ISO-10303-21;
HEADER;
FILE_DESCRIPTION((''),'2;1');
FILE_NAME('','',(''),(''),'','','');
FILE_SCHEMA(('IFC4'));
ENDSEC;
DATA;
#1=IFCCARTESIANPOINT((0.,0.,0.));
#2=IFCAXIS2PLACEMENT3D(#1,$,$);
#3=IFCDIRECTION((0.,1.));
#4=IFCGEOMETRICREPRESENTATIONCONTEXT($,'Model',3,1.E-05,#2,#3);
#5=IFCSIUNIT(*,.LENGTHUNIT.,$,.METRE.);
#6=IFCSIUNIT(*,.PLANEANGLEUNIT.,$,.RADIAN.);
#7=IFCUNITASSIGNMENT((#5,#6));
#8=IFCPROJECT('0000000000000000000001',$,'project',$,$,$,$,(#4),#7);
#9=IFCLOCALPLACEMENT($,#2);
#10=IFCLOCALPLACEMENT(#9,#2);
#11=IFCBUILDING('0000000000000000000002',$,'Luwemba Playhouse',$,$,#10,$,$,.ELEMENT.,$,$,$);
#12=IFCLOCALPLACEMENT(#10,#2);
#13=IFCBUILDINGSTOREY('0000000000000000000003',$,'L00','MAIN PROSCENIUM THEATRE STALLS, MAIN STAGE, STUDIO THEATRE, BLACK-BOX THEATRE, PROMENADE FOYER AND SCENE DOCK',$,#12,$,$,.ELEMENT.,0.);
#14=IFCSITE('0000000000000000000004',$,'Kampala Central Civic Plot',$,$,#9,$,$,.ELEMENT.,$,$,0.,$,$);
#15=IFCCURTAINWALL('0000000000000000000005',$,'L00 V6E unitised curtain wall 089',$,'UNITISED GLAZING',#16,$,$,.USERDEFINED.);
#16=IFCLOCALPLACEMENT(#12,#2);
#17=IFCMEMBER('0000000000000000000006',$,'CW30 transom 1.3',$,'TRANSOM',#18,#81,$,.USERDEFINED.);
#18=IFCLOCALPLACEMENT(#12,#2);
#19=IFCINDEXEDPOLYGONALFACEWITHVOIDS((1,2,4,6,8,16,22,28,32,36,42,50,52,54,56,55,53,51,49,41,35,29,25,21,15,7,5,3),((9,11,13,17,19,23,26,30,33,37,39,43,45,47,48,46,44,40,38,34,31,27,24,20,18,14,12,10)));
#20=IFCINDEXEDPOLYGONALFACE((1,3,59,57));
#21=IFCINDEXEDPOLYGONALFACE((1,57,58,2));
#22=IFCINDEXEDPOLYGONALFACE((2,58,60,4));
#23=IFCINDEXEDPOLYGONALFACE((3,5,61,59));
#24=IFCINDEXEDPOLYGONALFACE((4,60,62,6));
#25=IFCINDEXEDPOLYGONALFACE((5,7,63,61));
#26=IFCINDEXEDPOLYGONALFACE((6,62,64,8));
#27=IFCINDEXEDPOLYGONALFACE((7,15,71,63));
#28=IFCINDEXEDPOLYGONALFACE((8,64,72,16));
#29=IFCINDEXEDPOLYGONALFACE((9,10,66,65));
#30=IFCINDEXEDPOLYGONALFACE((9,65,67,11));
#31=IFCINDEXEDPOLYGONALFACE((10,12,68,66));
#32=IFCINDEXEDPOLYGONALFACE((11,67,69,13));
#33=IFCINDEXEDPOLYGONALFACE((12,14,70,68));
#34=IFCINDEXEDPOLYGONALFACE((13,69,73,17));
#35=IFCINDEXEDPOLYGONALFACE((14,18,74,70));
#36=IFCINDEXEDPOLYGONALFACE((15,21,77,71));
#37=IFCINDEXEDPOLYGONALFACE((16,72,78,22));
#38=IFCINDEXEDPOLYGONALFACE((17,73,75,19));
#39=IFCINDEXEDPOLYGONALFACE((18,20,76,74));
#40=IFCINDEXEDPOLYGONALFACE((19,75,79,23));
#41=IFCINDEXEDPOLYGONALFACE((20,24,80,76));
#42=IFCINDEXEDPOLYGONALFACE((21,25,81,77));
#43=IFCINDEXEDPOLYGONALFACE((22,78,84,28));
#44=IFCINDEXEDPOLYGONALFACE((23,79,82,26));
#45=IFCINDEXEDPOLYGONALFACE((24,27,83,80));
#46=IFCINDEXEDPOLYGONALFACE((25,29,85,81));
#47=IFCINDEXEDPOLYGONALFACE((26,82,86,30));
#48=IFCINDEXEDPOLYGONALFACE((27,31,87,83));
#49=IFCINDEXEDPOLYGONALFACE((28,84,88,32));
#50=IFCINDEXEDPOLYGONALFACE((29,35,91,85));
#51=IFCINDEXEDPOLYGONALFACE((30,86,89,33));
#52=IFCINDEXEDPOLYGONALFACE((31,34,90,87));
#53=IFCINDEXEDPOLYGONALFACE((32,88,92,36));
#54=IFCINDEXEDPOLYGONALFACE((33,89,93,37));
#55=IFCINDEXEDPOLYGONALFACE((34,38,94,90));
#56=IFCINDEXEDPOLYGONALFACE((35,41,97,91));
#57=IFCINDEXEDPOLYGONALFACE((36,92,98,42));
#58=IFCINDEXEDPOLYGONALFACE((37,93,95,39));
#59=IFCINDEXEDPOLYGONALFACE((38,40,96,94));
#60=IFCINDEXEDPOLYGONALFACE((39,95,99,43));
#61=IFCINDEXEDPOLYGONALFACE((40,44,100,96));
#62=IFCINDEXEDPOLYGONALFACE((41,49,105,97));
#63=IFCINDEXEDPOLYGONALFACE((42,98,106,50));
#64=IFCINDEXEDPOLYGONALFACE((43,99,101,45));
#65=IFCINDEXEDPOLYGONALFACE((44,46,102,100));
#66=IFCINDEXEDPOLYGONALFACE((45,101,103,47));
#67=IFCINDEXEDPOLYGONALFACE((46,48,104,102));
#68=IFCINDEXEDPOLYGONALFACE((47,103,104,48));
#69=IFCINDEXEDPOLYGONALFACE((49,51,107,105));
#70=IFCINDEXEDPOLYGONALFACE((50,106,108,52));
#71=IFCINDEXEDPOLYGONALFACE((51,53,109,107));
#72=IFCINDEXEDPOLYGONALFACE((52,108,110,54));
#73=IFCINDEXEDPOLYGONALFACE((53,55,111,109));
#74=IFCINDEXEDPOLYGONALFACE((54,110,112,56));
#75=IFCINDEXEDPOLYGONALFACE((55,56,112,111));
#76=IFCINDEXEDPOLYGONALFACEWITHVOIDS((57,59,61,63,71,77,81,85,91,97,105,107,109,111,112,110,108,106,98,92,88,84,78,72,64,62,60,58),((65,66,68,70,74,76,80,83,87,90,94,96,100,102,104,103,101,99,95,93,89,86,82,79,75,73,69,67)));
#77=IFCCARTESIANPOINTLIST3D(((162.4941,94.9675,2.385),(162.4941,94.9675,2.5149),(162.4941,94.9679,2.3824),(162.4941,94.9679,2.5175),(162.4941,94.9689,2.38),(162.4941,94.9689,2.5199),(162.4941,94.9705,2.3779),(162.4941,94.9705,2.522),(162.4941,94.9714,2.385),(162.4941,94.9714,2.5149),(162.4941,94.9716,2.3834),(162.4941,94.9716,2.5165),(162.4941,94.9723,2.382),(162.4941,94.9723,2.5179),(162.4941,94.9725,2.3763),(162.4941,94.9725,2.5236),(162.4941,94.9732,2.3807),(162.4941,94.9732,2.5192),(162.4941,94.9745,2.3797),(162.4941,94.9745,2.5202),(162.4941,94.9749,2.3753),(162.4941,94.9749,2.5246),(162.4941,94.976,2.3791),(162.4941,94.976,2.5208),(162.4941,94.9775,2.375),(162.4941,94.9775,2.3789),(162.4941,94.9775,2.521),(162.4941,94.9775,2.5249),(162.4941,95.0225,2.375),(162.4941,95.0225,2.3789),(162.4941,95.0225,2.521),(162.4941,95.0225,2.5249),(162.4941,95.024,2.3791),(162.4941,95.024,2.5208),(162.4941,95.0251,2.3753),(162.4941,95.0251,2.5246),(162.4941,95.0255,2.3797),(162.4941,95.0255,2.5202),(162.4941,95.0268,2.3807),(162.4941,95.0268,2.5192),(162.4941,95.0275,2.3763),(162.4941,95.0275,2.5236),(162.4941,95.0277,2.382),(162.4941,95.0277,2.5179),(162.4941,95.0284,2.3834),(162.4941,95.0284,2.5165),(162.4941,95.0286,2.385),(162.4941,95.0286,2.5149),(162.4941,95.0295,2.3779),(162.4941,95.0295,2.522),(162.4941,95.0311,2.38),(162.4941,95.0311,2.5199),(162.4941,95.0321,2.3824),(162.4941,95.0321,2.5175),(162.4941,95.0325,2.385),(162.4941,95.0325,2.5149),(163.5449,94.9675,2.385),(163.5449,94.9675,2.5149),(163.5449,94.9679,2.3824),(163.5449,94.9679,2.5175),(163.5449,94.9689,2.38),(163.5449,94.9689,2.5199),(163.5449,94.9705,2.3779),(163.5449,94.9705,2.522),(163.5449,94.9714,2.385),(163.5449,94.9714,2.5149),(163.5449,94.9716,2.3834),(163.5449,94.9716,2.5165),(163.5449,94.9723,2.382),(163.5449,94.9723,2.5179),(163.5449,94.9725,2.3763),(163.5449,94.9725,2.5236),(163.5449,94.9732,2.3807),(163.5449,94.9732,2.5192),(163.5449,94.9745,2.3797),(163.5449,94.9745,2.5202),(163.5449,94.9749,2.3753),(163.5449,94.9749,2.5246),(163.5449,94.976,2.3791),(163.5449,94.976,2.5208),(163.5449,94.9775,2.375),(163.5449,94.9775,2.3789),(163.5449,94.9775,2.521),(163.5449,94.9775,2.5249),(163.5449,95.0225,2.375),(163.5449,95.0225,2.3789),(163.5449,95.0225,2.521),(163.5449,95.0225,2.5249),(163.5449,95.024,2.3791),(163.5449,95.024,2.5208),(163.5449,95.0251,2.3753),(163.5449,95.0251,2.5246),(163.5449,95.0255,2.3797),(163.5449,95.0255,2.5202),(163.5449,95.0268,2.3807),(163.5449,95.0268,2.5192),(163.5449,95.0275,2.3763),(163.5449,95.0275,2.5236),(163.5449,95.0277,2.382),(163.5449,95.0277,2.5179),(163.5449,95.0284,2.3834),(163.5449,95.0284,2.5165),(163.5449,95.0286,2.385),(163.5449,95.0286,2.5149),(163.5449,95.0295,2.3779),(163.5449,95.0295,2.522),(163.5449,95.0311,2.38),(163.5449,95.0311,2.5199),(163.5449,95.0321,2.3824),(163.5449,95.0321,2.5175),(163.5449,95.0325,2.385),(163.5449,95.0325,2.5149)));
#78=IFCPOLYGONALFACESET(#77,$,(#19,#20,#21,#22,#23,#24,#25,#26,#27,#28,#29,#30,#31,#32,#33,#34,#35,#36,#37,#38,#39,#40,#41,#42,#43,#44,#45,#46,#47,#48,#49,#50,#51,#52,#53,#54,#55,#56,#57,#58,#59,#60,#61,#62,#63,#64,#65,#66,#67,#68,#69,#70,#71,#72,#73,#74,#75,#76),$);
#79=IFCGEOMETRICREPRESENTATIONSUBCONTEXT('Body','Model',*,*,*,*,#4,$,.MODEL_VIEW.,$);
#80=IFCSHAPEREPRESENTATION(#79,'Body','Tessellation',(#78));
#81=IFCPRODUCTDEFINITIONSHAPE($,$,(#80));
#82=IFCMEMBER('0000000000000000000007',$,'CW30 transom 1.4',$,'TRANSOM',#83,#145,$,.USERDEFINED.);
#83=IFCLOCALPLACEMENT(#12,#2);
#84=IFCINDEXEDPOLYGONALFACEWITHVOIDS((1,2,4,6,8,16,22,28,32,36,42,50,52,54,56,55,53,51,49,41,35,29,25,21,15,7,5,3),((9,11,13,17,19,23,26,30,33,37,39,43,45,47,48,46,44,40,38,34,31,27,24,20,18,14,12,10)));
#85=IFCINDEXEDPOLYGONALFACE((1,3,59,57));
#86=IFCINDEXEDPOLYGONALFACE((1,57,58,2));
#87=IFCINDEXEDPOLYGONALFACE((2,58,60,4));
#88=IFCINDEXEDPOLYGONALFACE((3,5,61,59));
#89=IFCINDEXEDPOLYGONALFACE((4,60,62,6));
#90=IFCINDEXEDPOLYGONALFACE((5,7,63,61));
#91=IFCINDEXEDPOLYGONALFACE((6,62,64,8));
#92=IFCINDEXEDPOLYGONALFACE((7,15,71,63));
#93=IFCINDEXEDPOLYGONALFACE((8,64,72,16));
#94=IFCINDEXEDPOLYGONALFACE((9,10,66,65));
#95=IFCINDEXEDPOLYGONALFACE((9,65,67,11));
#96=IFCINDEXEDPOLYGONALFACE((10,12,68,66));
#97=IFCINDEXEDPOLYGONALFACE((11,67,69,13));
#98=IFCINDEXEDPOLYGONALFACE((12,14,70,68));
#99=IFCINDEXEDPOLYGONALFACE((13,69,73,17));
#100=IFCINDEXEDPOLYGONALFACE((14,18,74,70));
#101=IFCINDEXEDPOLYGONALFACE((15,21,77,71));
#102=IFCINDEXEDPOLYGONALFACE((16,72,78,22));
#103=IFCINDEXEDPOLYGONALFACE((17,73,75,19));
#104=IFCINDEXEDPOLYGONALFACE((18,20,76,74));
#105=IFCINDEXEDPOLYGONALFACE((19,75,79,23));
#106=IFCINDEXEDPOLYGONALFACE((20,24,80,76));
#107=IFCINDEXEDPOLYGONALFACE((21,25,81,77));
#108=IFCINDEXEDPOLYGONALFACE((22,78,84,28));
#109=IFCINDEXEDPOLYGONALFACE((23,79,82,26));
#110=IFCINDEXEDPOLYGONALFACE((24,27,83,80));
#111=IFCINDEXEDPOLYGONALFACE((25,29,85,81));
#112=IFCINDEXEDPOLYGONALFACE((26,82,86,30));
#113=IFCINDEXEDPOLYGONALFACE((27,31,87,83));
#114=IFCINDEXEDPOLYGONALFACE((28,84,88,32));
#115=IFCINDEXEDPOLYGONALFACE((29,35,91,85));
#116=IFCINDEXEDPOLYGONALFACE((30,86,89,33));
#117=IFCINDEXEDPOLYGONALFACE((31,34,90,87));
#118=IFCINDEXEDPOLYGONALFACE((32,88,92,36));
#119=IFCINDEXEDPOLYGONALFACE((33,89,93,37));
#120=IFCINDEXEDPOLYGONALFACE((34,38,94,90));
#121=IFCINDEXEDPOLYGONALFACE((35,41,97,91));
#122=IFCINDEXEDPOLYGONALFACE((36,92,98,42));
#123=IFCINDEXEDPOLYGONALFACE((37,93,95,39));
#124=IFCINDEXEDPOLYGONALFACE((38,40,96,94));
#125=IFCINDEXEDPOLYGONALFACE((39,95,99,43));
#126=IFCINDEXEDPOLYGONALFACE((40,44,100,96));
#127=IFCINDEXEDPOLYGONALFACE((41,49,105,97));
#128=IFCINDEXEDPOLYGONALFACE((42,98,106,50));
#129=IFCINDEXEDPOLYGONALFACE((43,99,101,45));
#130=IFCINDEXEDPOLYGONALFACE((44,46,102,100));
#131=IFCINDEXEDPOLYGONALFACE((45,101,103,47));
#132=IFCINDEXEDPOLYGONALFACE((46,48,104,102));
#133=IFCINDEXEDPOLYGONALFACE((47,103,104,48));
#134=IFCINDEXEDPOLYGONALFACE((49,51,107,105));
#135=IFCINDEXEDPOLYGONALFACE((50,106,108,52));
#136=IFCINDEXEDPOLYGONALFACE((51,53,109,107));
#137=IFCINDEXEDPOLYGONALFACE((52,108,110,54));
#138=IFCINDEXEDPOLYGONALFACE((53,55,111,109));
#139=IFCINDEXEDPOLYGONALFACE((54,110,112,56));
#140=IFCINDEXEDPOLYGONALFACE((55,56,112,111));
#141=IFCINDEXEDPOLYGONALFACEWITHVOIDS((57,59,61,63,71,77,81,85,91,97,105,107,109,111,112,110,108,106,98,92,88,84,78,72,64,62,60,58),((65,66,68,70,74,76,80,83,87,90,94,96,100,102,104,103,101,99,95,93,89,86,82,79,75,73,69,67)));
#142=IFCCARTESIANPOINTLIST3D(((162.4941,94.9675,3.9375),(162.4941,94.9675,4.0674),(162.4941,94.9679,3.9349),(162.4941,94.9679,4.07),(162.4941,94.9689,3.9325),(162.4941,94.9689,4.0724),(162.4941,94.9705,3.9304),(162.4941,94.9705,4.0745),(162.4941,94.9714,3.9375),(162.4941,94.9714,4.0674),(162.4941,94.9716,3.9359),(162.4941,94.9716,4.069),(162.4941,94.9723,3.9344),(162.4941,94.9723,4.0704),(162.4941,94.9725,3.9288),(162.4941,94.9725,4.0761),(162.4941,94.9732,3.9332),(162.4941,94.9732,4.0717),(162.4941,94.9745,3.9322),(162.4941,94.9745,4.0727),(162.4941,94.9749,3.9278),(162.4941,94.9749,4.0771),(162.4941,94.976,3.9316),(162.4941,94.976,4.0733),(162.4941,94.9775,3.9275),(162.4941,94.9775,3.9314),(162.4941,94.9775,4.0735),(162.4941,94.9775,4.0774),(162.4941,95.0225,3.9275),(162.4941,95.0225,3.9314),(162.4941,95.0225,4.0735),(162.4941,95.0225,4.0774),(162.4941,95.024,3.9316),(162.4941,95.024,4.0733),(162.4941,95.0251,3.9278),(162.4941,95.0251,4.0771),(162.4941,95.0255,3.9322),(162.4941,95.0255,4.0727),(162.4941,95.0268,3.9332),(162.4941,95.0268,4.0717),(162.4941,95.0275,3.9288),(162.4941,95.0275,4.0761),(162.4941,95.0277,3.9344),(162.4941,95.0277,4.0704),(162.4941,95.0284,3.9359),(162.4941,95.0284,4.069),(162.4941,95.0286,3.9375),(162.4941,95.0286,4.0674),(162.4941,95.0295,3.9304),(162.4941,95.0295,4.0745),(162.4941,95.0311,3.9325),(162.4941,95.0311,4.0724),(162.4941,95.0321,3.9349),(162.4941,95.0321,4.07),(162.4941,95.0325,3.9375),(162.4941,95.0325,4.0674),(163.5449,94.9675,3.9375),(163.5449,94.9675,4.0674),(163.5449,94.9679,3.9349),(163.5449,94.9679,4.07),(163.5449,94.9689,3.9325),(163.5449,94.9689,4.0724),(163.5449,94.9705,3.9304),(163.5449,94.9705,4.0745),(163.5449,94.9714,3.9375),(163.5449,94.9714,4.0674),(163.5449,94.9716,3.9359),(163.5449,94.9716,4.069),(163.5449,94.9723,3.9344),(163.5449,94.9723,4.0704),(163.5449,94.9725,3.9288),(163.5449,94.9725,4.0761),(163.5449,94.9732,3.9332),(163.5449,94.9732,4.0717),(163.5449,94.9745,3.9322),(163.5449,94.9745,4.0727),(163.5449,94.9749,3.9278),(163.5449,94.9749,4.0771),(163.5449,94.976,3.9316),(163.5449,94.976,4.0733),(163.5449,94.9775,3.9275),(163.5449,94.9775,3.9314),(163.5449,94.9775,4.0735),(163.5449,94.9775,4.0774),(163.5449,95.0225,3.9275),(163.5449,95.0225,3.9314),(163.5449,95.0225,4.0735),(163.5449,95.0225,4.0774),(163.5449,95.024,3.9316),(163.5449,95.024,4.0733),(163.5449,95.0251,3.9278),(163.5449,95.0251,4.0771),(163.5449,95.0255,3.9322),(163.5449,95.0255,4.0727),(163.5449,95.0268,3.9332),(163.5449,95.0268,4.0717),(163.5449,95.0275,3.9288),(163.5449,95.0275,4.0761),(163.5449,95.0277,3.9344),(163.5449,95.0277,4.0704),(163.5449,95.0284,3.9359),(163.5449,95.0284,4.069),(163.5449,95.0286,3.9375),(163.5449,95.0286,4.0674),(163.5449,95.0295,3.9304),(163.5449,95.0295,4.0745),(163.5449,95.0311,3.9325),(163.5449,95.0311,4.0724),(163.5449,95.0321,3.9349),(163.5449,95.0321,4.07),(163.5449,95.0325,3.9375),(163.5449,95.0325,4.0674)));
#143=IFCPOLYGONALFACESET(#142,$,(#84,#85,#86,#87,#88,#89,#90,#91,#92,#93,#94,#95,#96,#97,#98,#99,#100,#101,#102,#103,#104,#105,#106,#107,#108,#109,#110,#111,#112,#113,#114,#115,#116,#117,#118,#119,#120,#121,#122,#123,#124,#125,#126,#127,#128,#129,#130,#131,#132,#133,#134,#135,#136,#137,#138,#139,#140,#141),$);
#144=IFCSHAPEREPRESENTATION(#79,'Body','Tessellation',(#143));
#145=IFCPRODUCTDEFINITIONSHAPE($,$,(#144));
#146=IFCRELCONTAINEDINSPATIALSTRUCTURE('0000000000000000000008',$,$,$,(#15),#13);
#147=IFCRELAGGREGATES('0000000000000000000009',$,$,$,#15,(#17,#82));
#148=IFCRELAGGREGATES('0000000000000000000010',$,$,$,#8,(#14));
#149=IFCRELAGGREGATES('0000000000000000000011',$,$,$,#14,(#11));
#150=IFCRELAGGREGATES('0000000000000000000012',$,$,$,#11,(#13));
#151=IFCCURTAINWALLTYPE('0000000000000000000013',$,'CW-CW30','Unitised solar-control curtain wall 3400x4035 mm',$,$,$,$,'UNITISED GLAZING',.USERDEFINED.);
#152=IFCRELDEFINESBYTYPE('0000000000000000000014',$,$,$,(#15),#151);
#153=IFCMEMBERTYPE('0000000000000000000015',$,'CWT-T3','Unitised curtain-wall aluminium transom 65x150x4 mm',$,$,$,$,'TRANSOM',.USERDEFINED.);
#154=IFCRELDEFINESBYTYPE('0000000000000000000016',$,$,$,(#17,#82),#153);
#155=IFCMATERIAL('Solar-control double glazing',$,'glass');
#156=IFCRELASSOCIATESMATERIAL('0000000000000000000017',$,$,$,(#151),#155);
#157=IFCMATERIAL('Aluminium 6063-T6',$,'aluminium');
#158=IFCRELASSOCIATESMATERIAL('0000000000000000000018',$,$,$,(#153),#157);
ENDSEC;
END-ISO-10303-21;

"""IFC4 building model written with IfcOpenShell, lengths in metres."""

from ifc_helpers import new_model, si_unit, direction, frame, origin, origin_2d, place, context, subcontext, project, spatial, hollow_rectangle, extrude, material, material_profile, profile_set, type_object, element, aggregate, save


model = new_model("IFC4")

# Units and contexts
model_context = context("Model", 3, precision=1e-05, world=origin(), true_north=direction((0.0, 1.0)))
body_context = subcontext(model_context, "Body", "Model", "MODEL_VIEW")
ifc_project = project(units=[si_unit("LENGTHUNIT", "METRE"), si_unit("PLANEANGLEUNIT", "RADIAN")], contexts=[model_context])

# Site, building, storey
site_placement = place(None, origin())
site = spatial("IfcSite", under=ifc_project, at=site_placement, Name="Kampala Central Civic Plot", CompositionType="ELEMENT", RefElevation=0.0)
building_placement = place(site_placement, origin())
building = spatial("IfcBuilding", under=site, at=building_placement, Name="Luwemba Playhouse", CompositionType="ELEMENT")
storey_placement = place(building_placement, origin())
storey = spatial("IfcBuildingStorey", under=building, at=storey_placement, Name="L00", Description="MAIN PROSCENIUM THEATRE STALLS, MAIN STAGE, STUDIO THEATRE, BLACK-BOX THEATRE, PROMENADE FOYER AND SCENE DOCK", CompositionType="ELEMENT", Elevation=0.0)

# Curtain wall, members
ifc_material_1 = material(Name="Solar-control double glazing", Category="glass")
curtain_wall_type = type_object("IfcCurtainWallType", Name="CW-CW30", Description="Unitised solar-control curtain wall 3400x4035 mm", ElementType="UNITISED GLAZING", PredefinedType="USERDEFINED", material=ifc_material_1)
curtain_wall_placement = place(storey_placement, origin())
curtain_wall = element("IfcCurtainWall", 1, at=curtain_wall_placement, inside=storey, type_object=curtain_wall_type, Name="L00 V6E unitised curtain wall 089", ObjectType="UNITISED GLAZING", PredefinedType="USERDEFINED")
ifc_material_2 = material(Name="Aluminium 6063-T6", Category="aluminium")
ifc_material_profile_1 = material_profile(ifc_material_2, hollow_rectangle(XDim=0.0649, YDim=0.1499, WallThickness=0.0039, InnerFilletRadius=0.0061, OuterFilletRadius=0.01, at=origin_2d()))
ifc_profile_set_1 = profile_set([ifc_material_profile_1], Name="Aluminium 6063-T6")
member_type_1 = type_object("IfcMemberType", Name="CWT-T3", Description="Unitised curtain-wall aluminium transom 65x150x4 mm", ElementType="TRANSOM", PredefinedType="USERDEFINED", material=ifc_profile_set_1)
member_1_placement = place(storey_placement, frame((163.5449, 95.0, 2.45), z_axis=(-1.0, 0.0, 0.0), x_axis=(0.0, -1.0, 0.0)))
member_1 = element("IfcMember", 2, at=member_1_placement, type_object=member_type_1, Name="CW30 transom 1.3", ObjectType="TRANSOM", PredefinedType="USERDEFINED", context=body_context, shape_type="SweptSolid", body=[
    extrude(hollow_rectangle(XDim=0.0649, YDim=0.1499, WallThickness=0.0039, InnerFilletRadius=0.0061, OuterFilletRadius=0.01, at=origin_2d()), origin(), (0.0, 0.0, 1.0), 1.0508),
])
member_2_placement = place(storey_placement, frame((163.5449, 95.0, 4.0024), z_axis=(-1.0, 0.0, 0.0), x_axis=(0.0, -1.0, 0.0)))
member_2 = element("IfcMember", 3, at=member_2_placement, type_object=member_type_1, Name="CW30 transom 1.4", ObjectType="TRANSOM", PredefinedType="USERDEFINED", context=body_context, shape_type="SweptSolid", body=[
    extrude(hollow_rectangle(XDim=0.0649, YDim=0.1499, WallThickness=0.0039, InnerFilletRadius=0.0061, OuterFilletRadius=0.01, at=origin_2d()), origin(), (0.0, 0.0, 1.0), 1.0508),
])
aggregate(curtain_wall, [member_1, member_2])

save(model, "model.ifc")
